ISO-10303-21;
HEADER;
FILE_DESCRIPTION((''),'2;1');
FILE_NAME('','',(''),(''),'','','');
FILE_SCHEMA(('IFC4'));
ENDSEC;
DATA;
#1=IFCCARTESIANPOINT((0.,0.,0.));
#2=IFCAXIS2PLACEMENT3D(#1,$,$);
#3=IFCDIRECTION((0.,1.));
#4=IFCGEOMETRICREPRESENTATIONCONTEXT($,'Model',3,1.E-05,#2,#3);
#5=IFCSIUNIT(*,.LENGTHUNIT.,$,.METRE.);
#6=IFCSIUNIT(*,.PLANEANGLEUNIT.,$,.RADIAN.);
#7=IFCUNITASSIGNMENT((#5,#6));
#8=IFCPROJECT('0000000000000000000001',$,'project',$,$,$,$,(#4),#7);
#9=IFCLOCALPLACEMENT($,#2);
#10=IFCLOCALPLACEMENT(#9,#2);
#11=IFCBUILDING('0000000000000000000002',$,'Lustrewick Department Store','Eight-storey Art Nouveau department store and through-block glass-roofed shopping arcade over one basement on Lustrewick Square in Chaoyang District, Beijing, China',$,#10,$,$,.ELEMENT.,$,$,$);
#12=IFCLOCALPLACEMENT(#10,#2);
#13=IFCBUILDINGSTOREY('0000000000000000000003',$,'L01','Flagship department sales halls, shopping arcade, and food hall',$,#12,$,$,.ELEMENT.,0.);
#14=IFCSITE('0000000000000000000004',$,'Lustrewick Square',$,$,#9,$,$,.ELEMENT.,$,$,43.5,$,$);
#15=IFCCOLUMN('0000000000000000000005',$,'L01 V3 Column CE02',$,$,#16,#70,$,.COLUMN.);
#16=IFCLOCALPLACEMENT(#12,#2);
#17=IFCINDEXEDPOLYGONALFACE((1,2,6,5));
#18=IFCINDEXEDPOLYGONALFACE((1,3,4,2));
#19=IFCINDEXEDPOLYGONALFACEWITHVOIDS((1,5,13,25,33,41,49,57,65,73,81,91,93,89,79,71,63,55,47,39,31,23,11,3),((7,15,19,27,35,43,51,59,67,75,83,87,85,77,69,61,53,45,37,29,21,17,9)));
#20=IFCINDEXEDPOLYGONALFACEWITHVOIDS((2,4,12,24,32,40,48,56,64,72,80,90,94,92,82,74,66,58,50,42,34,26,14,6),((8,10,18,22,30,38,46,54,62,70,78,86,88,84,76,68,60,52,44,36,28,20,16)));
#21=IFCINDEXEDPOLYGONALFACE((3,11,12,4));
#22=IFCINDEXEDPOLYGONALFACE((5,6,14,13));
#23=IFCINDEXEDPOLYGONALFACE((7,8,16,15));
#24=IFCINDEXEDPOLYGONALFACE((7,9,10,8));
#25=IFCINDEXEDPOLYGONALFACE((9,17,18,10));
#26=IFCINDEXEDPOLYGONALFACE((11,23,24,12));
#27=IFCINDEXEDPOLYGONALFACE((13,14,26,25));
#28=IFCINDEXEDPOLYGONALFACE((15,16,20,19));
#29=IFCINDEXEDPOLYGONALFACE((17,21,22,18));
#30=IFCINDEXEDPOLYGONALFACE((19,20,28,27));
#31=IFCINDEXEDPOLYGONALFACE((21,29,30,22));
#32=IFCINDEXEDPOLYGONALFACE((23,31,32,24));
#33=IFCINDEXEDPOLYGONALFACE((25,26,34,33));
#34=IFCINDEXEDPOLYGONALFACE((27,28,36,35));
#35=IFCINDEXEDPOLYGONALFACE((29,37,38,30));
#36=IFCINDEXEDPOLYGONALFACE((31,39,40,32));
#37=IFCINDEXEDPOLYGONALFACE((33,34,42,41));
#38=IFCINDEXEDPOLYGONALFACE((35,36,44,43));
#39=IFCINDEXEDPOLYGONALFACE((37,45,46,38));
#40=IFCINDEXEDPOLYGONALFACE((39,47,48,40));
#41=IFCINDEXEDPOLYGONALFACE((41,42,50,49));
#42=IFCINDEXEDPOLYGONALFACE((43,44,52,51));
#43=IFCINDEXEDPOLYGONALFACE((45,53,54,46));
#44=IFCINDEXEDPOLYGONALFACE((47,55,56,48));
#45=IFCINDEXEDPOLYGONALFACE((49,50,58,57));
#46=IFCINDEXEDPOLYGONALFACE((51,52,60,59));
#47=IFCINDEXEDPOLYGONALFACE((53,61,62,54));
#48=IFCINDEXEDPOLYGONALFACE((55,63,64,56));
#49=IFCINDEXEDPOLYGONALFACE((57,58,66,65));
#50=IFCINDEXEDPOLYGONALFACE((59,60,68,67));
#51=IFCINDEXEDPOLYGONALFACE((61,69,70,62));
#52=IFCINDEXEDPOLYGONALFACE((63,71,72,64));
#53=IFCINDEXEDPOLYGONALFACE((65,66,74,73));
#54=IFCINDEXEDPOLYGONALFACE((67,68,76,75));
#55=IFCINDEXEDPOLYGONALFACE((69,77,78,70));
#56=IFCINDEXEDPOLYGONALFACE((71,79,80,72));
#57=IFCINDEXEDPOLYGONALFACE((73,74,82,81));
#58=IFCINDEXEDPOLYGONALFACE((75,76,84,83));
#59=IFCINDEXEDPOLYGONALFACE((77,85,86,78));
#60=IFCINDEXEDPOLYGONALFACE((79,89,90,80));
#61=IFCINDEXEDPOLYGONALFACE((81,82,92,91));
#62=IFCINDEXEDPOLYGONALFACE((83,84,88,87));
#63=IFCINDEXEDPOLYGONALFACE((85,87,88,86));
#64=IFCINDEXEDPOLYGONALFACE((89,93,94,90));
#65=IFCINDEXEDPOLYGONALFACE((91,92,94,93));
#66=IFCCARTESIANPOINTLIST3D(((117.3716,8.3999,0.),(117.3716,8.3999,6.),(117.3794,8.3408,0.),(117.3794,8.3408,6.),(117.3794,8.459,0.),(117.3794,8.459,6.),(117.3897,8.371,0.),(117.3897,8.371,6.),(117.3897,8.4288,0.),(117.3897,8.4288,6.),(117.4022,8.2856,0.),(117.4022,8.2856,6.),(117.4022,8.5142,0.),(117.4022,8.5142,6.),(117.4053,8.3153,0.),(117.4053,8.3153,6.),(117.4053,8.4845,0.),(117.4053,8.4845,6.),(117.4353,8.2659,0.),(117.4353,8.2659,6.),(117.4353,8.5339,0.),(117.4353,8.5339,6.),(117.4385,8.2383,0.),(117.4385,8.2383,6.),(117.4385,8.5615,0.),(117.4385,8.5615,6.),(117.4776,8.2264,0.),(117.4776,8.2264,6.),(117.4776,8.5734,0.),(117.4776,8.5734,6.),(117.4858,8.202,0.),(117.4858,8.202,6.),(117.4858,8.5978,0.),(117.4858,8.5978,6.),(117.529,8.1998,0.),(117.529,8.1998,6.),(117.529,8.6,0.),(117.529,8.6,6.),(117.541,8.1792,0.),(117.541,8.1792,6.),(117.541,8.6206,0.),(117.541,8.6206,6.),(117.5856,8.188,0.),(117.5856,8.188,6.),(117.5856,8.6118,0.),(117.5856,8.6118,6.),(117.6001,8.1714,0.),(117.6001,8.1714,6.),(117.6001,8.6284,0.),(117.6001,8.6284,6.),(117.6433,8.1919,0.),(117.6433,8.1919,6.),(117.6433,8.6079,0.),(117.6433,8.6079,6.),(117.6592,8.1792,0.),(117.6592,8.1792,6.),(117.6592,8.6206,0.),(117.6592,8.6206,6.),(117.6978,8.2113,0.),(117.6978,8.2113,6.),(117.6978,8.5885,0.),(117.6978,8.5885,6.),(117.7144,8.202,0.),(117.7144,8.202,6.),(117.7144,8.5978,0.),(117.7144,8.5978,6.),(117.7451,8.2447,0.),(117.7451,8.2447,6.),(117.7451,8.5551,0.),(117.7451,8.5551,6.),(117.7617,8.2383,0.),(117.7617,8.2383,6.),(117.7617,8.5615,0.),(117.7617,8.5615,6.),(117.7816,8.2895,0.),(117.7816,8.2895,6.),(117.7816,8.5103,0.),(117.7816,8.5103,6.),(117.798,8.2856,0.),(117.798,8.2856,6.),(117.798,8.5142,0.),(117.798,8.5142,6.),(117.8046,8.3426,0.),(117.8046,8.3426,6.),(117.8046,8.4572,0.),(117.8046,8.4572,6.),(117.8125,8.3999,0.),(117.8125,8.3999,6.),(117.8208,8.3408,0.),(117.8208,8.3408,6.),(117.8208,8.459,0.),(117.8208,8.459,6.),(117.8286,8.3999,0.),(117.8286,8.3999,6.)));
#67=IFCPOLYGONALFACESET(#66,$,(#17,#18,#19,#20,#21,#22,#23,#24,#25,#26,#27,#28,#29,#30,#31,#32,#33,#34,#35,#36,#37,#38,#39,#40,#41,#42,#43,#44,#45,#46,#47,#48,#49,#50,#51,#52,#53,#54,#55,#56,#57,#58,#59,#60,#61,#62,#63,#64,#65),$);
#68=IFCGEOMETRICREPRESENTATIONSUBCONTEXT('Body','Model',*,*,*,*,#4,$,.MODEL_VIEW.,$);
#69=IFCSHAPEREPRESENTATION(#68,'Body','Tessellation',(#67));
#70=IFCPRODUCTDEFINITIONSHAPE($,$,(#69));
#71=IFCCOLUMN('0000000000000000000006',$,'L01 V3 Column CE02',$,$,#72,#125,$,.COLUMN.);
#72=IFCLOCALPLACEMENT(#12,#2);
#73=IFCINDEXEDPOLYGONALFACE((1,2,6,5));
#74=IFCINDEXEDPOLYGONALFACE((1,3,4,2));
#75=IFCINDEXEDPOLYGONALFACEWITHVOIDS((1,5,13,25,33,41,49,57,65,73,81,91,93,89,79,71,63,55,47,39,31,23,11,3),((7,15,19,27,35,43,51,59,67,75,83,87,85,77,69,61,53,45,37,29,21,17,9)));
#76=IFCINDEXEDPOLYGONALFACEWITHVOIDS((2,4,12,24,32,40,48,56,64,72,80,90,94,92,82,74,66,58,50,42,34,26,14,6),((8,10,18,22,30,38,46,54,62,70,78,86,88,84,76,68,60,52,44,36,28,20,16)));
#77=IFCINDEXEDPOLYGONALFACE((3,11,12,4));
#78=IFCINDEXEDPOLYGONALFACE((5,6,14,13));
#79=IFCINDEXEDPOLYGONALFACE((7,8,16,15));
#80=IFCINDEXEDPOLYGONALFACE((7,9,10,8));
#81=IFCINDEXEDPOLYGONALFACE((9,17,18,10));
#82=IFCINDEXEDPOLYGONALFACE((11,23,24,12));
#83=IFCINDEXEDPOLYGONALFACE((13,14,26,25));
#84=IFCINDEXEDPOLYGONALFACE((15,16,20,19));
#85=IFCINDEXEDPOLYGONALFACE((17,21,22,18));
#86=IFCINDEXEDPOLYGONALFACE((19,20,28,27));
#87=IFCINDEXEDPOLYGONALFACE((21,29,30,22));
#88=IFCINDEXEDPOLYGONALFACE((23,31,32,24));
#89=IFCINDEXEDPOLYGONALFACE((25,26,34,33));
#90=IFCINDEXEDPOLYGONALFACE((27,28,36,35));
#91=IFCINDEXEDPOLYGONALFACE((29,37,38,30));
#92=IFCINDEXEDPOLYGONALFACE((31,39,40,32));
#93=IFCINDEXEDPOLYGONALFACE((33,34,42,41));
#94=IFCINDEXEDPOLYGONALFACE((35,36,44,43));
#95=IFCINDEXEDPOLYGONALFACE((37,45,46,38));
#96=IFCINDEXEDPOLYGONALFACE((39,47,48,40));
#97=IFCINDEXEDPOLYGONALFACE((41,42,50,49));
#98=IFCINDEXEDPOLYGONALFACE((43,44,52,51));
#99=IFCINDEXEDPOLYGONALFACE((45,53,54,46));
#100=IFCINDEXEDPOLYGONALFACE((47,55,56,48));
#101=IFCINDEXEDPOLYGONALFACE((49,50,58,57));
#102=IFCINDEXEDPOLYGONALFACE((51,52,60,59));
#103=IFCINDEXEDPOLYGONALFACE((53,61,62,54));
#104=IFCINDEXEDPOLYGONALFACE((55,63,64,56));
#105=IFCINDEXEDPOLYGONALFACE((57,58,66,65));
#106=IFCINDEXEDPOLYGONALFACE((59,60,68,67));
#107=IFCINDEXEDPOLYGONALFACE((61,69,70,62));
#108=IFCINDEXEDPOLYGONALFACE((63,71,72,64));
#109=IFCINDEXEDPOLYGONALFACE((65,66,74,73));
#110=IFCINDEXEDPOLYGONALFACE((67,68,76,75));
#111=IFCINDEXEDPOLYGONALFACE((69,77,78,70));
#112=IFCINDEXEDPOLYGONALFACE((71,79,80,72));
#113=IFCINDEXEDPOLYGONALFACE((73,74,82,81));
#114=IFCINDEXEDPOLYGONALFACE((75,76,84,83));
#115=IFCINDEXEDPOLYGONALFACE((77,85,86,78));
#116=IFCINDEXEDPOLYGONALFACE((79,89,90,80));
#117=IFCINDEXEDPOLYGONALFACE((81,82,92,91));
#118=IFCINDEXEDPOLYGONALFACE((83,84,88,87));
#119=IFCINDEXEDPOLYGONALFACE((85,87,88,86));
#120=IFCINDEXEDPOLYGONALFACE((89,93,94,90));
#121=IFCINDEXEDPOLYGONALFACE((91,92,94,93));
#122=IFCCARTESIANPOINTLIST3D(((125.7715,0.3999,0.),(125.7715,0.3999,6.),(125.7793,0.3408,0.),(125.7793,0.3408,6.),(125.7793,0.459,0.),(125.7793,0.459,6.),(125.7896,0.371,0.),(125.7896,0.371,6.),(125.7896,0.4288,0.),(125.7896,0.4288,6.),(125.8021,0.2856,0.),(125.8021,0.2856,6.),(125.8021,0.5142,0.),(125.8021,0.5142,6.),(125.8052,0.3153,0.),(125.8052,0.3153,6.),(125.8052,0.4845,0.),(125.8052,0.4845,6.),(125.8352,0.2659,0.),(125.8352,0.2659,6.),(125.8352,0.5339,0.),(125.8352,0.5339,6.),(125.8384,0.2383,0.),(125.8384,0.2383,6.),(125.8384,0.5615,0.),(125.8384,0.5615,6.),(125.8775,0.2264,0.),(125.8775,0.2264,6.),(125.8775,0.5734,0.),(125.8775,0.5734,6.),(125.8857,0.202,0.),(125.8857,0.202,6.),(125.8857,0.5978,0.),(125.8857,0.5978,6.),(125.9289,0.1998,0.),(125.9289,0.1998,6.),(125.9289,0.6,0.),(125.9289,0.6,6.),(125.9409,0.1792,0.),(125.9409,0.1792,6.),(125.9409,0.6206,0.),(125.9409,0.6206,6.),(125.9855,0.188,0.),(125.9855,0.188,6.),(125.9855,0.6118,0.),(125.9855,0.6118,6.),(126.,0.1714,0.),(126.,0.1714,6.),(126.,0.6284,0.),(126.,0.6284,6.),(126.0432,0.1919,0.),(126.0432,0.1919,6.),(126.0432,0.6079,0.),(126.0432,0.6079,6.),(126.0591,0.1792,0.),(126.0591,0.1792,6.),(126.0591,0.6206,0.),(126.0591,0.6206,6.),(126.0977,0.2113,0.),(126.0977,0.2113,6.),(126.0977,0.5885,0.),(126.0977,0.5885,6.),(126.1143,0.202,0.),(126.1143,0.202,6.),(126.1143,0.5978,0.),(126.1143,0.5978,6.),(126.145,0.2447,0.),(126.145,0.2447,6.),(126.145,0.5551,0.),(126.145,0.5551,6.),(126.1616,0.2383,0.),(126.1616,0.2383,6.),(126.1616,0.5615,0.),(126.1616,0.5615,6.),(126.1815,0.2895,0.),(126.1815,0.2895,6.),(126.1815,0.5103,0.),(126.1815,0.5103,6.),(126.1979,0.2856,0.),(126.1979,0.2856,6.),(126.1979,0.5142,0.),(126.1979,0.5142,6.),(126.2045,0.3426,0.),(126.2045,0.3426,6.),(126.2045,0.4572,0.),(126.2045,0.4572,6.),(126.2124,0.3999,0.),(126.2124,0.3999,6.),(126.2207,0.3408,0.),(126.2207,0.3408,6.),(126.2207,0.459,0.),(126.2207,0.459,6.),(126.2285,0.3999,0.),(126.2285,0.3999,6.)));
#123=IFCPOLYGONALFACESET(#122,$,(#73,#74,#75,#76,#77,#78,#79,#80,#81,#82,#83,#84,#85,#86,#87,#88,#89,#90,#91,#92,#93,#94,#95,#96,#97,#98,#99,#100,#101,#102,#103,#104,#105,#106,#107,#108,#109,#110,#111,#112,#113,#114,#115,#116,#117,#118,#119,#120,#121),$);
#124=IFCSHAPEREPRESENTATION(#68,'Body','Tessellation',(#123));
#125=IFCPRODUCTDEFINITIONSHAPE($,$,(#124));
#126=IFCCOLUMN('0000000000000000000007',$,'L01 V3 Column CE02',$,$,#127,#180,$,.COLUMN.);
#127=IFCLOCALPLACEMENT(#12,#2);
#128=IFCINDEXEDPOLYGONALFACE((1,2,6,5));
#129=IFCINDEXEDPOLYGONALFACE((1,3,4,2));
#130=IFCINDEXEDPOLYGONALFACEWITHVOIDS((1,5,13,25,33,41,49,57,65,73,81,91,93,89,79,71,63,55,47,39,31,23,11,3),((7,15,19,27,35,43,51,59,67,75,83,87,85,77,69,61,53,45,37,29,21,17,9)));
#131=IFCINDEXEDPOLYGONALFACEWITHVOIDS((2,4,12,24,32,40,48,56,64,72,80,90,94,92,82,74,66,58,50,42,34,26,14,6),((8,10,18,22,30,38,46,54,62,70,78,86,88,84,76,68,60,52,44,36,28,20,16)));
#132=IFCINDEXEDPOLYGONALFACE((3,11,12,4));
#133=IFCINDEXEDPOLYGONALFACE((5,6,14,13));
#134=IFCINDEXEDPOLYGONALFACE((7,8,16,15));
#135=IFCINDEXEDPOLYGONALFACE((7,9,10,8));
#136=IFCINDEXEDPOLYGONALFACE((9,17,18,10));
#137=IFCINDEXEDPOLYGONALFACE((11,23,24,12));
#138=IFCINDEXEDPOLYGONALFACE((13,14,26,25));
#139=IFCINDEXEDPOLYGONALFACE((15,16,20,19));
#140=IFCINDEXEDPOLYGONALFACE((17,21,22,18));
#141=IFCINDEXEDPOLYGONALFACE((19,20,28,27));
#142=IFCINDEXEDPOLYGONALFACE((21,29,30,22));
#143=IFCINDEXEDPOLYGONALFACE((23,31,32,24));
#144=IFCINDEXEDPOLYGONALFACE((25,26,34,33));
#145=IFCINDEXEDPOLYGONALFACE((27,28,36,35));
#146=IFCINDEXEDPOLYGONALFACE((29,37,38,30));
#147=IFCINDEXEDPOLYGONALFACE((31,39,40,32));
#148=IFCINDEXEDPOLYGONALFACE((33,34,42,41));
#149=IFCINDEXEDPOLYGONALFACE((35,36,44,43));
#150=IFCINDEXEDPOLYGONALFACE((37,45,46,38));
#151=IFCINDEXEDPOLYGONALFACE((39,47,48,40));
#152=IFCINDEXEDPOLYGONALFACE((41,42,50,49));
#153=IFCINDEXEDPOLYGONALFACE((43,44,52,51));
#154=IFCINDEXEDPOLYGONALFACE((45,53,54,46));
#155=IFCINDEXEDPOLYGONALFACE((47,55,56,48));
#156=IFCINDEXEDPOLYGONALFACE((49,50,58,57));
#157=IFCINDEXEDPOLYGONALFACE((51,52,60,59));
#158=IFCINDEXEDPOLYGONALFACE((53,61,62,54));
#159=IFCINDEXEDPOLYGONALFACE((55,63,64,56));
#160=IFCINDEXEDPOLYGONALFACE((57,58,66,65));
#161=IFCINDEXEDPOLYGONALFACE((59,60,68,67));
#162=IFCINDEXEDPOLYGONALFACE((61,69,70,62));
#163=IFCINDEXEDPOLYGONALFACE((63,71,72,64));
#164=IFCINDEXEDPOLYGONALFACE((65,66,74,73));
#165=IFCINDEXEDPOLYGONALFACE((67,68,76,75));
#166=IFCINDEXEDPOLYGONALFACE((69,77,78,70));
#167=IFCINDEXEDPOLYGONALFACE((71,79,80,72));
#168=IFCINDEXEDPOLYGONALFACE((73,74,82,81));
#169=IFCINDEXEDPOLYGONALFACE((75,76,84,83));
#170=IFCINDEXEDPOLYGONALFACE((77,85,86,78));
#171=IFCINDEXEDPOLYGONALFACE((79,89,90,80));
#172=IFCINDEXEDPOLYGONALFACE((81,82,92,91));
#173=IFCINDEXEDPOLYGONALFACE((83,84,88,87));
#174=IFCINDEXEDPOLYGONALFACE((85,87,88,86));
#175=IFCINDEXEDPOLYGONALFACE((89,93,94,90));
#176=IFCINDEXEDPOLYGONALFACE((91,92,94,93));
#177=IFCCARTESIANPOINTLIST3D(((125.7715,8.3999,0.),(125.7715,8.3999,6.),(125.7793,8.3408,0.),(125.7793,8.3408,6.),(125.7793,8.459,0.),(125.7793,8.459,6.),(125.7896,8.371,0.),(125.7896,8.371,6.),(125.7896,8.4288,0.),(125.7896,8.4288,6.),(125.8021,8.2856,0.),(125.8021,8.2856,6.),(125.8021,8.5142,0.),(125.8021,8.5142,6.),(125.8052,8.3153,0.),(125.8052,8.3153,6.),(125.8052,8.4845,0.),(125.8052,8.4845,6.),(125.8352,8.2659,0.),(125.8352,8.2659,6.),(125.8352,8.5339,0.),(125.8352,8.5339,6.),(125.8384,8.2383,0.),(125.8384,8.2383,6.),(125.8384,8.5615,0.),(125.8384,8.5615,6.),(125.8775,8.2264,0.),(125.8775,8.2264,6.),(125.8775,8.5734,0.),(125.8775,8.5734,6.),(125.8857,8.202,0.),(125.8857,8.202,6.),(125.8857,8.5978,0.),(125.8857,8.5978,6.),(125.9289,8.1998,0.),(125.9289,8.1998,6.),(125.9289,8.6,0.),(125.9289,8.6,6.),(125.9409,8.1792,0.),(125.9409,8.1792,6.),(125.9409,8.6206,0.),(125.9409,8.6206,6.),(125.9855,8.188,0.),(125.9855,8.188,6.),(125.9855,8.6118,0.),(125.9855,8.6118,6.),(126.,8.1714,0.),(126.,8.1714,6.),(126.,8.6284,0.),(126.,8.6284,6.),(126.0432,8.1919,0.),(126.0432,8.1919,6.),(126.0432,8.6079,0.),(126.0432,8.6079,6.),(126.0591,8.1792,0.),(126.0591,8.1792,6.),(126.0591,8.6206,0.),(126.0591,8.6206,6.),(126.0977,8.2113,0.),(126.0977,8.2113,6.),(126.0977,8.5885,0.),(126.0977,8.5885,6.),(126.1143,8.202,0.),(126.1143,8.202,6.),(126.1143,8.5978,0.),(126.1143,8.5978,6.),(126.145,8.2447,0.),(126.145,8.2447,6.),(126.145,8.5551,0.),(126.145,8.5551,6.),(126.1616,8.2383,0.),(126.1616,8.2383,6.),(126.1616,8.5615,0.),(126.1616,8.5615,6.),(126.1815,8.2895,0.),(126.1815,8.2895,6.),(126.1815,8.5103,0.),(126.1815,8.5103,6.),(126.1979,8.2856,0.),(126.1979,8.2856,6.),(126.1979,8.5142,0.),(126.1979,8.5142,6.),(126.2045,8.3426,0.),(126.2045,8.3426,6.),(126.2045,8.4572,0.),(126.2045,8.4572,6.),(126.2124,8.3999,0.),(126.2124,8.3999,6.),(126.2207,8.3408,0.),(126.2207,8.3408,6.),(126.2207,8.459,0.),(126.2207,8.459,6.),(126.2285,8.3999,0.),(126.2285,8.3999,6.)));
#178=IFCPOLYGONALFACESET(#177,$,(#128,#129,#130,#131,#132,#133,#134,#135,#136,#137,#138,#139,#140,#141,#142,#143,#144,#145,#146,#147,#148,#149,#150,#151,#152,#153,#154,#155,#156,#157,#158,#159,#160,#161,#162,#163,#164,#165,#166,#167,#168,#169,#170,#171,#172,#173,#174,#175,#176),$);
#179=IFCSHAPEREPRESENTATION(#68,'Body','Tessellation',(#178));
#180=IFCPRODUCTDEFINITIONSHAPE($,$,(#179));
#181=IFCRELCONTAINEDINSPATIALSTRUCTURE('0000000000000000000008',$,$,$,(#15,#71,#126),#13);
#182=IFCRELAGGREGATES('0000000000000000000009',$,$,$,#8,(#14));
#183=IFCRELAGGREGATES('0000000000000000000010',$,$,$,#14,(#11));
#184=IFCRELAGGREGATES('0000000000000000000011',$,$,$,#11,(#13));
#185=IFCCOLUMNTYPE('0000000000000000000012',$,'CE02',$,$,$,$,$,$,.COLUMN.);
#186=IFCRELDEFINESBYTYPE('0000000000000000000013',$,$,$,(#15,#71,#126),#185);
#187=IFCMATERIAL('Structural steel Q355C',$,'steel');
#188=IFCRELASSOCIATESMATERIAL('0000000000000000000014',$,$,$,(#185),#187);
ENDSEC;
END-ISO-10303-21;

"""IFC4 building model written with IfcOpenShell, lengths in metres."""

from ifc_helpers import new_model, si_unit, direction, frame, origin, origin_2d, place, context, subcontext, project, spatial, hollow_circle, extrude, material, material_profile, profile_set, type_object, element, save


model = new_model("IFC4")

# Units and contexts
model_context = context("Model", 3, precision=1e-05, world=origin(), true_north=direction((0.0, 1.0)))
body_context = subcontext(model_context, "Body", "Model", "MODEL_VIEW")
ifc_project = project(units=[si_unit("LENGTHUNIT", "METRE"), si_unit("PLANEANGLEUNIT", "RADIAN")], contexts=[model_context])

# Site, building, storey
site_placement = place(None, origin())
site = spatial("IfcSite", under=ifc_project, at=site_placement, Name="Lustrewick Square", CompositionType="ELEMENT", RefElevation=43.5)
building_placement = place(site_placement, origin())
building = spatial("IfcBuilding", under=site, at=building_placement, Name="Lustrewick Department Store", Description="Eight-storey Art Nouveau department store and through-block glass-roofed shopping arcade over one basement on Lustrewick Square in Chaoyang District, Beijing, China", CompositionType="ELEMENT")
storey_placement = place(building_placement, origin())
storey = spatial("IfcBuildingStorey", under=building, at=storey_placement, Name="L01", Description="Flagship department sales halls, shopping arcade, and food hall", CompositionType="ELEMENT", Elevation=0.0)

# Columns
ifc_material_1 = material(Name="Structural steel Q355C", Category="steel")
ifc_material_profile_1 = material_profile(ifc_material_1, hollow_circle(Radius=0.2285, WallThickness=0.0161, at=origin_2d()), Name="CHS 457x16")
ifc_profile_set_1 = profile_set([ifc_material_profile_1], Name="Structural steel Q355C")
column_type = type_object("IfcColumnType", Name="CE02", PredefinedType="COLUMN", material=ifc_profile_set_1)
for number, where, z_axis, x_axis, name in (
    (1, (117.6001, 8.3999, 0.0), (0.0, 0.0, 1.0), (1.0, 0.0, 0.0), "L01 V3 Column CE02"),
    (2, (126.0, 0.3999, 0.0), (0.0, 0.0, 1.0), (1.0, 0.0, 0.0), "L01 V3 Column CE02"),
    (3, (126.0, 8.3999, 0.0), (0.0, 0.0, 1.0), (1.0, 0.0, 0.0), "L01 V3 Column CE02"),
):
    element("IfcColumn", number, at=place(storey_placement, frame(where, z_axis=z_axis, x_axis=x_axis)), inside=storey, type_object=column_type, Name=name, PredefinedType="COLUMN", context=body_context, shape_type="SweptSolid", body=[
        extrude(hollow_circle(Radius=0.2285, WallThickness=0.0161, at=origin_2d()), origin(), (0.0, 0.0, 1.0), 6.0),
    ])

save(model, "model.ifc")
